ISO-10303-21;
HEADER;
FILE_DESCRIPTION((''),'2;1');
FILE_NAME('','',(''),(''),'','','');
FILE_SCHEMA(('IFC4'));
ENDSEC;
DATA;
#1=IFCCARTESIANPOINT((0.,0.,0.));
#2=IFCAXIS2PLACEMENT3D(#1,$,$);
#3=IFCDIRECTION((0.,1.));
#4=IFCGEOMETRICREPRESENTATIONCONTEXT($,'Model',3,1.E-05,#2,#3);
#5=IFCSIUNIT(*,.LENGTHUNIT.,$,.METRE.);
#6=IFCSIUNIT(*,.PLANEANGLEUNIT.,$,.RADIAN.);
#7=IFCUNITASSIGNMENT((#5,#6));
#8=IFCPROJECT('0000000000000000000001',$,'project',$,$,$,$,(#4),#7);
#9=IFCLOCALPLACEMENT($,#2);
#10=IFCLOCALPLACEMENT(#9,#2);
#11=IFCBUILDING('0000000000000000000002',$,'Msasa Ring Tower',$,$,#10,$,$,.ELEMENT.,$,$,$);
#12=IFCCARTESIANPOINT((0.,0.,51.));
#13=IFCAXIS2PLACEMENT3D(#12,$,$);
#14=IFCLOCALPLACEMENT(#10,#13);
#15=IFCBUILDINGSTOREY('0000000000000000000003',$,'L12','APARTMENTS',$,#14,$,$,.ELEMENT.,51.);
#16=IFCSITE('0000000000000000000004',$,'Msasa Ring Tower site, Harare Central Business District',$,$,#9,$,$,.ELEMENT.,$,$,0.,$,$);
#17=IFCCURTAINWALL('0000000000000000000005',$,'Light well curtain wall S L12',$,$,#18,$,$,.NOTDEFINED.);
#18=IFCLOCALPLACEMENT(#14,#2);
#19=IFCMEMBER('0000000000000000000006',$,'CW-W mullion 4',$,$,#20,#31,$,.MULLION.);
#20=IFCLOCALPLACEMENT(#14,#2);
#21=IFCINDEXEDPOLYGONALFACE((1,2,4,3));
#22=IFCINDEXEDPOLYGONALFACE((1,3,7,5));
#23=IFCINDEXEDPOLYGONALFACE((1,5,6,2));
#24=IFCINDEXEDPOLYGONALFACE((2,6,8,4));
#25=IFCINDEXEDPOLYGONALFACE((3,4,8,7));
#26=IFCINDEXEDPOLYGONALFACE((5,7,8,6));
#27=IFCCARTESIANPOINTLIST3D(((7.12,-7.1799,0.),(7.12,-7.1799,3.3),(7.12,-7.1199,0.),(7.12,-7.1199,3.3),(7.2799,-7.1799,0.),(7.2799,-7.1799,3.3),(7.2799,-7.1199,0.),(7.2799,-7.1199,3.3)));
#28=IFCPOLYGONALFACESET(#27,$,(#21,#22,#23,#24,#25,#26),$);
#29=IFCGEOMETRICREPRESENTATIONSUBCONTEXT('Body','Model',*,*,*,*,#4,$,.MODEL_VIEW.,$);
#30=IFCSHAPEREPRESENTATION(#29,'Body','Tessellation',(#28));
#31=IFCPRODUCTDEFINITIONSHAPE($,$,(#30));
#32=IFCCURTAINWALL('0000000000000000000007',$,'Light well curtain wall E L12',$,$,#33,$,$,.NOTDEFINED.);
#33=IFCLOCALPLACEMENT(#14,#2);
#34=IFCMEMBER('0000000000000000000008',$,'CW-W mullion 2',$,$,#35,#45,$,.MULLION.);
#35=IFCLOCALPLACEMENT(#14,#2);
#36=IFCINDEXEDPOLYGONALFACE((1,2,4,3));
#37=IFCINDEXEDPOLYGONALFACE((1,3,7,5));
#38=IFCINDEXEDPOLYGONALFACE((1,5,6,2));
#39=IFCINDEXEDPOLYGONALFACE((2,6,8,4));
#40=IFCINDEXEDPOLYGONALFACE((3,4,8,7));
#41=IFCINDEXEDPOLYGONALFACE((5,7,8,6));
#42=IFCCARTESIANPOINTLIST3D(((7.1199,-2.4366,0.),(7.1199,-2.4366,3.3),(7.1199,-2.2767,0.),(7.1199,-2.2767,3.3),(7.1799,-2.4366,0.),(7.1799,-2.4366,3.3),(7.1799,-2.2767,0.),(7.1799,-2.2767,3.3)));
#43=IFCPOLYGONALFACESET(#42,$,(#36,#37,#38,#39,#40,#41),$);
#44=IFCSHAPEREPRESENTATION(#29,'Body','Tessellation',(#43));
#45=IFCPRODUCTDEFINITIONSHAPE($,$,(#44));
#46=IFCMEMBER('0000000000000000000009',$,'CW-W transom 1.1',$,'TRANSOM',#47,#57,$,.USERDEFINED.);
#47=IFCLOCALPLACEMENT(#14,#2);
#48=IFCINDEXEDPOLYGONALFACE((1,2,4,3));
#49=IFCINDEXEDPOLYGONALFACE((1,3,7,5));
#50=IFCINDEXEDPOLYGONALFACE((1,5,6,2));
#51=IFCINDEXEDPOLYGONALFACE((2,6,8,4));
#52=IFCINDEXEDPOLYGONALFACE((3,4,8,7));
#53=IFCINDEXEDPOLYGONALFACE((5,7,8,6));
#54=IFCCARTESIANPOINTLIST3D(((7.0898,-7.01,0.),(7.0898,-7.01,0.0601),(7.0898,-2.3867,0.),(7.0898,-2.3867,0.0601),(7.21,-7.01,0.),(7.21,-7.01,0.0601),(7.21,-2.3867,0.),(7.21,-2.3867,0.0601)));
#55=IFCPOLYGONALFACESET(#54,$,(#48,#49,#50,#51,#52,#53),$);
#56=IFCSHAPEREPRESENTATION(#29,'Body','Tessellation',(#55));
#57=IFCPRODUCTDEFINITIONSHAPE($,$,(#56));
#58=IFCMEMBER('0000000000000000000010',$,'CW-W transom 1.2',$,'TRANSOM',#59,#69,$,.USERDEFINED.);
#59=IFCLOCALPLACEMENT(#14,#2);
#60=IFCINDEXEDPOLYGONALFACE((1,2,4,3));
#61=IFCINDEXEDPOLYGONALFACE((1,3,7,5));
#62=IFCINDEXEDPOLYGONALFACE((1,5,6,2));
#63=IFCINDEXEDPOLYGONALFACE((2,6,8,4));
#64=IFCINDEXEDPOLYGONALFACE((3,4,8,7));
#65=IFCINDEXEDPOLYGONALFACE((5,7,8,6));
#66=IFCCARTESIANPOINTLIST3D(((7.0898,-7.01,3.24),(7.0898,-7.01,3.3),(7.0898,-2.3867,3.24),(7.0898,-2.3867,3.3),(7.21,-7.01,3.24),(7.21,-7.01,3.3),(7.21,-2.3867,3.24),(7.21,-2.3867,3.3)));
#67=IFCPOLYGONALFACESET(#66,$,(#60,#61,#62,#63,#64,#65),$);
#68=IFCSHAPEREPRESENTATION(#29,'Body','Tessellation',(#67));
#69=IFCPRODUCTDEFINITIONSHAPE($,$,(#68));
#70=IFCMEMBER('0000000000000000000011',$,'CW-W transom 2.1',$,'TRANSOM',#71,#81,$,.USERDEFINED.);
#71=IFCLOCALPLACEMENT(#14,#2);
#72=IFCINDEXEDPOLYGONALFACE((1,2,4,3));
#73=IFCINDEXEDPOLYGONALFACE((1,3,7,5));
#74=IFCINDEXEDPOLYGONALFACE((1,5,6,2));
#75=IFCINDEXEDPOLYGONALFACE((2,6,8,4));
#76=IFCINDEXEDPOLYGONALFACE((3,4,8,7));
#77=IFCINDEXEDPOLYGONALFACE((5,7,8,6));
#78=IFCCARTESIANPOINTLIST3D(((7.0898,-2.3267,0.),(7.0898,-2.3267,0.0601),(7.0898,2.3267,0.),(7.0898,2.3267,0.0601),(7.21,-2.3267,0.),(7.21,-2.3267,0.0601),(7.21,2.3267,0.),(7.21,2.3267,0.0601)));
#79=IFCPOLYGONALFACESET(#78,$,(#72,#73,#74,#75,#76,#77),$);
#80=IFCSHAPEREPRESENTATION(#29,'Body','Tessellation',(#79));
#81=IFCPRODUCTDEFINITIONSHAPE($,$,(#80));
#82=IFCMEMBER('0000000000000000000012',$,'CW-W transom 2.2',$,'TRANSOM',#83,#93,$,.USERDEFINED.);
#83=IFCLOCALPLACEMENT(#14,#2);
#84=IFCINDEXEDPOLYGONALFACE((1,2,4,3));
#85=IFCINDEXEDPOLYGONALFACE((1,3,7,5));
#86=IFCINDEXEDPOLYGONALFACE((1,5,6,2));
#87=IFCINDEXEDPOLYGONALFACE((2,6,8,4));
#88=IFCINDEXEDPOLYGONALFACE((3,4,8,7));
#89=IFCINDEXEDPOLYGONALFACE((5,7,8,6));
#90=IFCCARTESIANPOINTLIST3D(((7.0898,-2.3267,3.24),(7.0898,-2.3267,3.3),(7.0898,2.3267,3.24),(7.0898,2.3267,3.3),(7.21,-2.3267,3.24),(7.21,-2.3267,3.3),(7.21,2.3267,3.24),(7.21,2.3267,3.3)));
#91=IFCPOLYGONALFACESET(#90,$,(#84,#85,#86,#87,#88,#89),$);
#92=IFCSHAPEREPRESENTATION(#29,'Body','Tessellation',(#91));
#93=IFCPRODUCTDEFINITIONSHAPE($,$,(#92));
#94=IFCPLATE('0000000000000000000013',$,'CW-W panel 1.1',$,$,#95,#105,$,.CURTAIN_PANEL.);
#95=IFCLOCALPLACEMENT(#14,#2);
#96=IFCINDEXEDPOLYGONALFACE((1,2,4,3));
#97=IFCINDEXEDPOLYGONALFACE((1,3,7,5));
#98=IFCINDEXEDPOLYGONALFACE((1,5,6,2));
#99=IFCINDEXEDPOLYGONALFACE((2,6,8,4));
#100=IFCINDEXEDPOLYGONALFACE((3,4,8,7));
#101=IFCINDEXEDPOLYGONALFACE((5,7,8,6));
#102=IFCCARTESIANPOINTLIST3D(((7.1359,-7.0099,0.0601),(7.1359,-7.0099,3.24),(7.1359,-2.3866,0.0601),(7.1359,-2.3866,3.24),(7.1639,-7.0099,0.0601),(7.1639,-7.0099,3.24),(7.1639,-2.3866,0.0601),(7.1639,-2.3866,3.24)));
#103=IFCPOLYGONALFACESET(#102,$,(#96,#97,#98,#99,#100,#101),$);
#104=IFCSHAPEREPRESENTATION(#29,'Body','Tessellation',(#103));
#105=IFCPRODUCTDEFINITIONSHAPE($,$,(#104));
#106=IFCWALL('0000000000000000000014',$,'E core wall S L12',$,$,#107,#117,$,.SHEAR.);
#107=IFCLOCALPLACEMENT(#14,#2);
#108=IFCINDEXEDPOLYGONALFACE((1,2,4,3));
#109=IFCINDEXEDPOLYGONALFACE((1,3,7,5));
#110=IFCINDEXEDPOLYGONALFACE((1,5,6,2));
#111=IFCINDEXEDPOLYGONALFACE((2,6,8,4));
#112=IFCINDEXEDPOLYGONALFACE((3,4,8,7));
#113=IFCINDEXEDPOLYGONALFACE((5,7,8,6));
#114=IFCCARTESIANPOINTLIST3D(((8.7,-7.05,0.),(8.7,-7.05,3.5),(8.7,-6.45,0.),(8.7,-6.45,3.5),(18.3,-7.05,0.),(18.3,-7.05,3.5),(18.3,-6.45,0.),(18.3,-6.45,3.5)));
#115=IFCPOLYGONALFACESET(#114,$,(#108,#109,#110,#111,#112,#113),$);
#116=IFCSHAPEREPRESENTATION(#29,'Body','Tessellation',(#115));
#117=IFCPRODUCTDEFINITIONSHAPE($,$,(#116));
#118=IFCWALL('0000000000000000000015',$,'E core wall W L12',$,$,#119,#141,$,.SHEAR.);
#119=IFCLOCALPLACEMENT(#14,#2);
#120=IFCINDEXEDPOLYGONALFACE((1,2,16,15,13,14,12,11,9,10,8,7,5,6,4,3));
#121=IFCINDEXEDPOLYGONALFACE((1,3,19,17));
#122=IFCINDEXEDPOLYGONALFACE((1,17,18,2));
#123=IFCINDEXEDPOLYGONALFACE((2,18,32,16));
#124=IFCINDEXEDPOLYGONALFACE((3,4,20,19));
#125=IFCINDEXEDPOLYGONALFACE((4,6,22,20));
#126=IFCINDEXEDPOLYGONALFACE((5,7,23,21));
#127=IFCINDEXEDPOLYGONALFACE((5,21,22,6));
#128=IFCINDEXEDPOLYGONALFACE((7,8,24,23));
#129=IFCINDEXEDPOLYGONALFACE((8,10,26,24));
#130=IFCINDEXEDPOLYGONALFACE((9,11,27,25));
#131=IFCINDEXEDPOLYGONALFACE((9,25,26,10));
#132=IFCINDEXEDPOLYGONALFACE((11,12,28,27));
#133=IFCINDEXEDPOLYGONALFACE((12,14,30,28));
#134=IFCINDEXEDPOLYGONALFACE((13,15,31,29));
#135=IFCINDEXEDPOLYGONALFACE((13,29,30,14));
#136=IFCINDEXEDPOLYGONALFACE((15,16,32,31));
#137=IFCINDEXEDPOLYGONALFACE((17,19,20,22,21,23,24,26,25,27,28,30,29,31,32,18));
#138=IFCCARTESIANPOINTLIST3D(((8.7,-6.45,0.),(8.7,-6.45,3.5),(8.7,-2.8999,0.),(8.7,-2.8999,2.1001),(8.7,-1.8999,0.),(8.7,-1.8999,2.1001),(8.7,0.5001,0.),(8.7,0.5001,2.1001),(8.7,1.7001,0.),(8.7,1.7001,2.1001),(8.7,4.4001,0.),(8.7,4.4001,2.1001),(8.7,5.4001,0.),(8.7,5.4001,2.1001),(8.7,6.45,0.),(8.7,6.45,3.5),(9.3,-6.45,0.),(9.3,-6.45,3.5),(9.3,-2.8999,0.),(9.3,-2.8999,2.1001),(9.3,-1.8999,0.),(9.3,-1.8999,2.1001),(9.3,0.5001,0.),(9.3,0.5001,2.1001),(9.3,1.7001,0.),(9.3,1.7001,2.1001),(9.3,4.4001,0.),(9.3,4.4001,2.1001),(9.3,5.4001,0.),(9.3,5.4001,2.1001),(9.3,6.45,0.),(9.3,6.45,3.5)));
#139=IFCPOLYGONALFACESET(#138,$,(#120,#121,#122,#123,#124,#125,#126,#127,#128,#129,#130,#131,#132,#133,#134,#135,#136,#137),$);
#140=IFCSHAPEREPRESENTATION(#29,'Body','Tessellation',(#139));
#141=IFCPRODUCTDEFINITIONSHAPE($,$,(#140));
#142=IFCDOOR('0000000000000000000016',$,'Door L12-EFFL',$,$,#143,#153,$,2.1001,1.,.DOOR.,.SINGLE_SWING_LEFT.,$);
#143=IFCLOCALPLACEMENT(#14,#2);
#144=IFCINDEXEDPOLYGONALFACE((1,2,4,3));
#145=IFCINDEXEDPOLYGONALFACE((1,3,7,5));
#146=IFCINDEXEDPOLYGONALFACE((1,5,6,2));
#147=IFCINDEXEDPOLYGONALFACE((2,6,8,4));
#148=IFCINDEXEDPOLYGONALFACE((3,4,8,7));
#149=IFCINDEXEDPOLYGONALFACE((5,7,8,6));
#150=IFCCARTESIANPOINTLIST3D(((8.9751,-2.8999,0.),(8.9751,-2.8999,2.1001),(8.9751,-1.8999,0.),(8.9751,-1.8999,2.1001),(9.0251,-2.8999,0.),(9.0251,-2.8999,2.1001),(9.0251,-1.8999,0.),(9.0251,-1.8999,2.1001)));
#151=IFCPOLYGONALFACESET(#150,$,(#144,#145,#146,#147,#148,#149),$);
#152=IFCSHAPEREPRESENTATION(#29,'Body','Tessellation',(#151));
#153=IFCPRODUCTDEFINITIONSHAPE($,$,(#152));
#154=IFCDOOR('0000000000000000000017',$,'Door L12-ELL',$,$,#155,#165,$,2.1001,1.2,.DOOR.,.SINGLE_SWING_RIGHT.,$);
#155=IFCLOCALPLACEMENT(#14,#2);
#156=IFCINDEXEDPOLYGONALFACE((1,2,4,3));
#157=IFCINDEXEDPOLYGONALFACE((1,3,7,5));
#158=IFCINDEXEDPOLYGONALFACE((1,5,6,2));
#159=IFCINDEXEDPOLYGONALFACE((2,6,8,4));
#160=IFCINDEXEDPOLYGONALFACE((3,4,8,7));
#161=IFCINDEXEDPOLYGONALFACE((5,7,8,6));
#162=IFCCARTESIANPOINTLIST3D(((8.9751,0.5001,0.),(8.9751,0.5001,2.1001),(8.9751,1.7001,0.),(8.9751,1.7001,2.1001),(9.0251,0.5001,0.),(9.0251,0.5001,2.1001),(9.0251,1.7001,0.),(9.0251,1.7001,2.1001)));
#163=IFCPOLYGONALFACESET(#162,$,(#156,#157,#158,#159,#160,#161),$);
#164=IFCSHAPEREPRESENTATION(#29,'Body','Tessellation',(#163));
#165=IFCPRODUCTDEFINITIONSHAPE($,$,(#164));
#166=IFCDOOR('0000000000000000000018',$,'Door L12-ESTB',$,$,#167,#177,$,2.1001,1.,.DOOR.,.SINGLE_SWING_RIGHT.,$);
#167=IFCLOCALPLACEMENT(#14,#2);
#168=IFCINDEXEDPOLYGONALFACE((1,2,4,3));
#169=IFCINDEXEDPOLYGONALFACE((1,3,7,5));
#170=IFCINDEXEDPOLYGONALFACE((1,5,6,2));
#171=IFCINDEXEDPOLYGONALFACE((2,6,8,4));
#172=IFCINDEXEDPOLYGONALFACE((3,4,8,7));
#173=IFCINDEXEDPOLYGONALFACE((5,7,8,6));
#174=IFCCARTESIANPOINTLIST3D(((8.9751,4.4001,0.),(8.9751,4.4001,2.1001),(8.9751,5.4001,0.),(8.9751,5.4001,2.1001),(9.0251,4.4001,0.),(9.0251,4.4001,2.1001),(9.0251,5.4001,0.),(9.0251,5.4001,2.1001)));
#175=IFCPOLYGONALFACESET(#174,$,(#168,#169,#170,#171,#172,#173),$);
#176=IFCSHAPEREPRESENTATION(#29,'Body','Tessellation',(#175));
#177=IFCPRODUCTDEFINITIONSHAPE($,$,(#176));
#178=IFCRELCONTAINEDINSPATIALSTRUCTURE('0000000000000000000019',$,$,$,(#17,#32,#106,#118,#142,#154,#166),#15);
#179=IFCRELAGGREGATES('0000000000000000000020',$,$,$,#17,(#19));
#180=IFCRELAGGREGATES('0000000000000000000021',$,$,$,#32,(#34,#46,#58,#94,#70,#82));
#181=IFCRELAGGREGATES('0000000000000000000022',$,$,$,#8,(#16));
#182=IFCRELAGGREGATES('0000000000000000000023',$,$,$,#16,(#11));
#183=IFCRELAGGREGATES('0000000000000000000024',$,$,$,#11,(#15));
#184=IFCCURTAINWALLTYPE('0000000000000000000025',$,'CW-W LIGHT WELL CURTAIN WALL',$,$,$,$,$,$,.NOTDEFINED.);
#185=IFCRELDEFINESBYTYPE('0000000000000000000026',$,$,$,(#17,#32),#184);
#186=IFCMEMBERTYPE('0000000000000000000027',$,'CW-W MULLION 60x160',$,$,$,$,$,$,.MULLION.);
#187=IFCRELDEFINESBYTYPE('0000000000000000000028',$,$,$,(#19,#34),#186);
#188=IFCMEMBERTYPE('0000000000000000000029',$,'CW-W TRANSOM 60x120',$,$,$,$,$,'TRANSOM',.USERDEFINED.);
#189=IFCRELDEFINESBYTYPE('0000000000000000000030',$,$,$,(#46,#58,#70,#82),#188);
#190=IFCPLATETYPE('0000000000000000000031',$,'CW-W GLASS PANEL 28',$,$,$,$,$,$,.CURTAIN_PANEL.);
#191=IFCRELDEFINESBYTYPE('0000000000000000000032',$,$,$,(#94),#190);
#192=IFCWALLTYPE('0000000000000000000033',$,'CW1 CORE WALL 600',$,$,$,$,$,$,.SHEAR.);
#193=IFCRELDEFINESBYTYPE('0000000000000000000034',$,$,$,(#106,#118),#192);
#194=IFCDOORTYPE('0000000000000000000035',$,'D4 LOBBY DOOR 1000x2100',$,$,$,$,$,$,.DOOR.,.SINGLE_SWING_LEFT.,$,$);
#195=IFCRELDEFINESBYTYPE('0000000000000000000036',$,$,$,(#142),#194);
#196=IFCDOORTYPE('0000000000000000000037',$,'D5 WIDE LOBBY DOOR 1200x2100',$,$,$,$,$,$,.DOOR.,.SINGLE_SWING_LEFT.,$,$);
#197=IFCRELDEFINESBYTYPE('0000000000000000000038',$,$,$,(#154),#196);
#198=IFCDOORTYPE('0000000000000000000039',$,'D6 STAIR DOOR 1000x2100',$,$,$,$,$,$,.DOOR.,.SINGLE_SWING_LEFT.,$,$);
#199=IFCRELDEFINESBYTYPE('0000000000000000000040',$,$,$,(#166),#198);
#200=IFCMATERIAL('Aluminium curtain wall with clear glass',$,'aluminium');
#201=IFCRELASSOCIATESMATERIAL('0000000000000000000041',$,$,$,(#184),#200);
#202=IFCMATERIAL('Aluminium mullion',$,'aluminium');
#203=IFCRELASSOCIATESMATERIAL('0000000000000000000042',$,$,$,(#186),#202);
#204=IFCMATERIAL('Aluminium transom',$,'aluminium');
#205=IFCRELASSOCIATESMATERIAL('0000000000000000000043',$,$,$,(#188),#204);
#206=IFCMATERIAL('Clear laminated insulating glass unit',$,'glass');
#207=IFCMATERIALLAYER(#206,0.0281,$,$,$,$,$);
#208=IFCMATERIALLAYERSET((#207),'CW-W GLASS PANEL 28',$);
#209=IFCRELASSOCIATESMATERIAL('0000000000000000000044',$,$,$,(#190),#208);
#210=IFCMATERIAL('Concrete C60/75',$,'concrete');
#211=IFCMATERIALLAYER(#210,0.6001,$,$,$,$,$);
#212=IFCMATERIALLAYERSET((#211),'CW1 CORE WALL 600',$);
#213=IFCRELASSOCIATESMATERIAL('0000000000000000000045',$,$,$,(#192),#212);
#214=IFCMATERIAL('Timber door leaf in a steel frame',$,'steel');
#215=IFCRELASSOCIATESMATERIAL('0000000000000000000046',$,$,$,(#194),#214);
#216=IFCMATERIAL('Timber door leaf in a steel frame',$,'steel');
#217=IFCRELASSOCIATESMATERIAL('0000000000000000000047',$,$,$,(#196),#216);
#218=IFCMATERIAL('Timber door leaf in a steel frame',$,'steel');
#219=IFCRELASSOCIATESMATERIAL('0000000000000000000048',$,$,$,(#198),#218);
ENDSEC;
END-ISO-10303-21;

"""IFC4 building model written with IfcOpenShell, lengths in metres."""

from ifc_helpers import new_model, si_unit, direction, frame, frame_2d, origin, origin_2d, place, context, subcontext, project, spatial, rectangle, extrude, material, layer, layer_set, material_profile, profile_set, type_object, element, fill, aggregate, save


model = new_model("IFC4")

# Units and contexts
model_context = context("Model", 3, precision=1e-05, world=origin(), true_north=direction((0.0, 1.0)))
body_context = subcontext(model_context, "Body", "Model", "MODEL_VIEW")
ifc_project = project(units=[si_unit("LENGTHUNIT", "METRE"), si_unit("PLANEANGLEUNIT", "RADIAN")], contexts=[model_context])

# Site, building, storey
site_placement = place(None, origin())
site = spatial("IfcSite", under=ifc_project, at=site_placement, Name="Msasa Ring Tower site, Harare Central Business District", CompositionType="ELEMENT", RefElevation=0.0)
building_placement = place(site_placement, origin())
building = spatial("IfcBuilding", under=site, at=building_placement, Name="Msasa Ring Tower", CompositionType="ELEMENT")
storey_placement = place(building_placement, frame((0.0, 0.0, 51.0)))
storey = spatial("IfcBuildingStorey", under=building, at=storey_placement, Name="L12", Description="APARTMENTS", CompositionType="ELEMENT", Elevation=51.0)

# Curtain wall, member
ifc_material_1 = material(Name="Aluminium curtain wall with clear glass", Category="aluminium")
curtain_wall_type = type_object("IfcCurtainWallType", Name="CW-W LIGHT WELL CURTAIN WALL", PredefinedType="NOTDEFINED", material=ifc_material_1)
curtain_wall_1_placement = place(storey_placement, origin())
curtain_wall_1 = element("IfcCurtainWall", 1, at=curtain_wall_1_placement, inside=storey, type_object=curtain_wall_type, Name="Light well curtain wall S L12", PredefinedType="NOTDEFINED")
ifc_material_2 = material(Name="Aluminium mullion", Category="aluminium")
ifc_material_profile_1 = material_profile(ifc_material_2, rectangle(XDim=0.0601, YDim=0.1599, at=origin_2d()), Name="AL 60x160")
ifc_profile_set_1 = profile_set([ifc_material_profile_1], Name="Aluminium mullion")
member_type_1 = type_object("IfcMemberType", Name="CW-W MULLION 60x160", PredefinedType="MULLION", material=ifc_profile_set_1)
member_1_placement = place(storey_placement, frame((7.2, -7.1499, 0.0), z_axis=(0.0, 0.0, 1.0), x_axis=(0.0, 1.0, 0.0)))
member_1 = element("IfcMember", 2, at=member_1_placement, type_object=member_type_1, Name="CW-W mullion 4", PredefinedType="MULLION", context=body_context, shape_type="SweptSolid", body=[
    extrude(rectangle(XDim=0.0601, YDim=0.1599, at=origin_2d()), origin(), (0.0, 0.0, 1.0), 3.3),
])
aggregate(curtain_wall_1, [member_1])

# Curtain wall, members, plate
curtain_wall_2_placement = place(storey_placement, origin())
curtain_wall_2 = element("IfcCurtainWall", 3, at=curtain_wall_2_placement, inside=storey, type_object=curtain_wall_type, Name="Light well curtain wall E L12", PredefinedType="NOTDEFINED")
member_2_placement = place(storey_placement, frame((7.1499, -2.3567, 0.0), z_axis=(0.0, 0.0, 1.0), x_axis=(-1.0, 0.0, 0.0)))
member_2 = element("IfcMember", 4, at=member_2_placement, type_object=member_type_1, Name="CW-W mullion 2", PredefinedType="MULLION", context=body_context, shape_type="SweptSolid", body=[
    extrude(rectangle(XDim=0.0601, YDim=0.1599, at=origin_2d()), origin(), (0.0, 0.0, 1.0), 3.3),
])
ifc_material_3 = material(Name="Aluminium transom", Category="aluminium")
ifc_material_profile_2 = material_profile(ifc_material_3, rectangle(XDim=0.1201, YDim=0.0601, at=origin_2d()), Name="AL 60x120")
ifc_profile_set_2 = profile_set([ifc_material_profile_2], Name="Aluminium transom")
member_type_2 = type_object("IfcMemberType", Name="CW-W TRANSOM 60x120", ElementType="TRANSOM", PredefinedType="USERDEFINED", material=ifc_profile_set_2)
member_3_placement = place(storey_placement, frame((7.1499, -7.01, 0.03), z_axis=(0.0, 1.0, 0.0), x_axis=(-1.0, 0.0, 0.0)))
member_3 = element("IfcMember", 5, at=member_3_placement, type_object=member_type_2, Name="CW-W transom 1.1", ObjectType="TRANSOM", PredefinedType="USERDEFINED", context=body_context, shape_type="SweptSolid", body=[
    extrude(rectangle(XDim=0.1201, YDim=0.0601, at=origin_2d()), origin(), (0.0, 0.0, 1.0), 4.6233),
])
member_4_placement = place(storey_placement, frame((7.1499, -7.01, 3.27), z_axis=(0.0, 1.0, 0.0), x_axis=(-1.0, 0.0, 0.0)))
member_4 = element("IfcMember", 6, at=member_4_placement, type_object=member_type_2, Name="CW-W transom 1.2", ObjectType="TRANSOM", PredefinedType="USERDEFINED", context=body_context, shape_type="SweptSolid", body=[
    extrude(rectangle(XDim=0.1201, YDim=0.0601, at=origin_2d()), origin(), (0.0, 0.0, 1.0), 4.6233),
])
member_5_placement = place(storey_placement, frame((7.1499, -2.3267, 0.03), z_axis=(0.0, 1.0, 0.0), x_axis=(-1.0, 0.0, 0.0)))
member_5 = element("IfcMember", 7, at=member_5_placement, type_object=member_type_2, Name="CW-W transom 2.1", ObjectType="TRANSOM", PredefinedType="USERDEFINED", context=body_context, shape_type="SweptSolid", body=[
    extrude(rectangle(XDim=0.1201, YDim=0.0601, at=origin_2d()), origin(), (0.0, 0.0, 1.0), 4.6533),
])
member_6_placement = place(storey_placement, frame((7.1499, -2.3267, 3.27), z_axis=(0.0, 1.0, 0.0), x_axis=(-1.0, 0.0, 0.0)))
member_6 = element("IfcMember", 8, at=member_6_placement, type_object=member_type_2, Name="CW-W transom 2.2", ObjectType="TRANSOM", PredefinedType="USERDEFINED", context=body_context, shape_type="SweptSolid", body=[
    extrude(rectangle(XDim=0.1201, YDim=0.0601, at=origin_2d()), origin(), (0.0, 0.0, 1.0), 4.6533),
])
ifc_material_4 = material(Name="Clear laminated insulating glass unit", Category="glass")
ifc_layer_1 = layer(ifc_material_4, 0.0281)
ifc_layer_set_1 = layer_set([ifc_layer_1], Name="CW-W GLASS PANEL 28")
plate_type = type_object("IfcPlateType", Name="CW-W GLASS PANEL 28", PredefinedType="CURTAIN_PANEL", material=ifc_layer_set_1)
plate_placement = place(storey_placement, frame((7.1499, -4.6982, 0.0601), z_axis=(0.0, 0.0, 1.0), x_axis=(0.0, 1.0, 0.0)))
plate = element("IfcPlate", 9, at=plate_placement, type_object=plate_type, Name="CW-W panel 1.1", PredefinedType="CURTAIN_PANEL", context=body_context, shape_type="SweptSolid", body=[
    extrude(rectangle(XDim=4.6233, YDim=0.0281, at=origin_2d()), origin(), (0.0, 0.0, 1.0), 3.1799),
])
aggregate(curtain_wall_2, [member_2, member_3, member_4, plate, member_5, member_6])

# Wall
ifc_material_5 = material(Name="Concrete C60/75", Category="concrete")
ifc_layer_2 = layer(ifc_material_5, 0.6001)
ifc_layer_set_2 = layer_set([ifc_layer_2], Name="CW1 CORE WALL 600")
wall_type_1 = type_object("IfcWallType", Name="CW1 CORE WALL 600", PredefinedType="SHEAR", material=ifc_layer_set_2)
wall_1_placement = place(storey_placement, frame((8.7, -6.75, 0.0), z_axis=(0.0, 0.0, 1.0), x_axis=(1.0, 0.0, 0.0)))
element("IfcWall", 10, at=wall_1_placement, inside=storey, type_object=wall_type_1, Name="E core wall S L12", PredefinedType="SHEAR", context=body_context, shape_type="SweptSolid", body=[
    extrude(rectangle(XDim=9.6001, YDim=0.6001, at=frame_2d((4.8, 0.0))), origin(), (0.0, 0.0, 1.0), 3.5),
])

# Wall, openings, doors
wall_2_placement = place(storey_placement, frame((9.0, -6.45, 0.0), z_axis=(0.0, 0.0, 1.0), x_axis=(0.0, 1.0, 0.0)))
wall_2 = element("IfcWall", 11, at=wall_2_placement, inside=storey, type_object=wall_type_1, Name="E core wall W L12", PredefinedType="SHEAR", context=body_context, shape_type="SweptSolid", body=[
    extrude(rectangle(XDim=12.8999, YDim=0.6001, at=frame_2d((6.45, 0.0))), origin(), (0.0, 0.0, 1.0), 3.5),
])
opening_1_placement = place(wall_2_placement, frame((3.55, 0.0, 0.0)))
opening_1 = element("IfcOpeningElement", 12, at=opening_1_placement, cuts=wall_2, PredefinedType="OPENING", context=body_context, shape_type="SweptSolid", body=[
    extrude(rectangle(XDim=1.0, YDim=2.1001, at=frame_2d((0.5, 1.05))), frame((0.0, 0.3101, 0.0), z_axis=(0.0, -1.0, 0.0), x_axis=(1.0, 0.0, 0.0)), (0.0, 0.0, 1.0), 0.6201),
])
opening_2_placement = place(wall_2_placement, frame((6.95, 0.0, 0.0)))
opening_2 = element("IfcOpeningElement", 13, at=opening_2_placement, cuts=wall_2, PredefinedType="OPENING", context=body_context, shape_type="SweptSolid", body=[
    extrude(rectangle(XDim=1.2, YDim=2.1001, at=frame_2d((0.6001, 1.05))), frame((0.0, 0.3101, 0.0), z_axis=(0.0, -1.0, 0.0), x_axis=(1.0, 0.0, 0.0)), (0.0, 0.0, 1.0), 0.6201),
])
opening_3_placement = place(wall_2_placement, frame((10.8501, 0.0, 0.0)))
opening_3 = element("IfcOpeningElement", 14, at=opening_3_placement, cuts=wall_2, PredefinedType="OPENING", context=body_context, shape_type="SweptSolid", body=[
    extrude(rectangle(XDim=1.0, YDim=2.1001, at=frame_2d((0.5, 1.05))), frame((0.0, 0.3101, 0.0), z_axis=(0.0, -1.0, 0.0), x_axis=(1.0, 0.0, 0.0)), (0.0, 0.0, 1.0), 0.6201),
])
ifc_material_6 = material(Name="Timber door leaf in a steel frame", Category="steel")
door_type_1 = type_object("IfcDoorType", Name="D4 LOBBY DOOR 1000x2100", OperationType="SINGLE_SWING_LEFT", PredefinedType="DOOR", material=ifc_material_6)
door_1_placement = place(opening_1_placement, origin())
door_1 = element("IfcDoor", 15, at=door_1_placement, inside=storey, type_object=door_type_1, Name="Door L12-EFFL", OperationType="SINGLE_SWING_LEFT", OverallHeight=2.1001, OverallWidth=1.0, PredefinedType="DOOR", context=body_context, shape_type="SweptSolid", body=[
    extrude(rectangle(XDim=1.0, YDim=2.1001, at=frame_2d((0.5, 1.05))), frame((0.0, 0.0249, 0.0), z_axis=(0.0, -1.0, 0.0), x_axis=(1.0, 0.0, 0.0)), (0.0, 0.0, 1.0), 0.05),
])
fill(opening_1, door_1)
ifc_material_7 = material(Name="Timber door leaf in a steel frame", Category="steel")
door_type_2 = type_object("IfcDoorType", Name="D5 WIDE LOBBY DOOR 1200x2100", OperationType="SINGLE_SWING_LEFT", PredefinedType="DOOR", material=ifc_material_7)
door_2_placement = place(opening_2_placement, origin())
door_2 = element("IfcDoor", 16, at=door_2_placement, inside=storey, type_object=door_type_2, Name="Door L12-ELL", OperationType="SINGLE_SWING_RIGHT", OverallHeight=2.1001, OverallWidth=1.2, PredefinedType="DOOR", context=body_context, shape_type="SweptSolid", body=[
    extrude(rectangle(XDim=1.2, YDim=2.1001, at=frame_2d((0.6001, 1.05))), frame((0.0, 0.0249, 0.0), z_axis=(0.0, -1.0, 0.0), x_axis=(1.0, 0.0, 0.0)), (0.0, 0.0, 1.0), 0.05),
])
fill(opening_2, door_2)
ifc_material_8 = material(Name="Timber door leaf in a steel frame", Category="steel")
door_type_3 = type_object("IfcDoorType", Name="D6 STAIR DOOR 1000x2100", OperationType="SINGLE_SWING_LEFT", PredefinedType="DOOR", material=ifc_material_8)
door_3_placement = place(opening_3_placement, origin())
door_3 = element("IfcDoor", 17, at=door_3_placement, inside=storey, type_object=door_type_3, Name="Door L12-ESTB", OperationType="SINGLE_SWING_RIGHT", OverallHeight=2.1001, OverallWidth=1.0, PredefinedType="DOOR", context=body_context, shape_type="SweptSolid", body=[
    extrude(rectangle(XDim=1.0, YDim=2.1001, at=frame_2d((0.5, 1.05))), frame((0.0, 0.0249, 0.0), z_axis=(0.0, -1.0, 0.0), x_axis=(1.0, 0.0, 0.0)), (0.0, 0.0, 1.0), 0.05),
])
fill(opening_3, door_3)

save(model, "model.ifc")
